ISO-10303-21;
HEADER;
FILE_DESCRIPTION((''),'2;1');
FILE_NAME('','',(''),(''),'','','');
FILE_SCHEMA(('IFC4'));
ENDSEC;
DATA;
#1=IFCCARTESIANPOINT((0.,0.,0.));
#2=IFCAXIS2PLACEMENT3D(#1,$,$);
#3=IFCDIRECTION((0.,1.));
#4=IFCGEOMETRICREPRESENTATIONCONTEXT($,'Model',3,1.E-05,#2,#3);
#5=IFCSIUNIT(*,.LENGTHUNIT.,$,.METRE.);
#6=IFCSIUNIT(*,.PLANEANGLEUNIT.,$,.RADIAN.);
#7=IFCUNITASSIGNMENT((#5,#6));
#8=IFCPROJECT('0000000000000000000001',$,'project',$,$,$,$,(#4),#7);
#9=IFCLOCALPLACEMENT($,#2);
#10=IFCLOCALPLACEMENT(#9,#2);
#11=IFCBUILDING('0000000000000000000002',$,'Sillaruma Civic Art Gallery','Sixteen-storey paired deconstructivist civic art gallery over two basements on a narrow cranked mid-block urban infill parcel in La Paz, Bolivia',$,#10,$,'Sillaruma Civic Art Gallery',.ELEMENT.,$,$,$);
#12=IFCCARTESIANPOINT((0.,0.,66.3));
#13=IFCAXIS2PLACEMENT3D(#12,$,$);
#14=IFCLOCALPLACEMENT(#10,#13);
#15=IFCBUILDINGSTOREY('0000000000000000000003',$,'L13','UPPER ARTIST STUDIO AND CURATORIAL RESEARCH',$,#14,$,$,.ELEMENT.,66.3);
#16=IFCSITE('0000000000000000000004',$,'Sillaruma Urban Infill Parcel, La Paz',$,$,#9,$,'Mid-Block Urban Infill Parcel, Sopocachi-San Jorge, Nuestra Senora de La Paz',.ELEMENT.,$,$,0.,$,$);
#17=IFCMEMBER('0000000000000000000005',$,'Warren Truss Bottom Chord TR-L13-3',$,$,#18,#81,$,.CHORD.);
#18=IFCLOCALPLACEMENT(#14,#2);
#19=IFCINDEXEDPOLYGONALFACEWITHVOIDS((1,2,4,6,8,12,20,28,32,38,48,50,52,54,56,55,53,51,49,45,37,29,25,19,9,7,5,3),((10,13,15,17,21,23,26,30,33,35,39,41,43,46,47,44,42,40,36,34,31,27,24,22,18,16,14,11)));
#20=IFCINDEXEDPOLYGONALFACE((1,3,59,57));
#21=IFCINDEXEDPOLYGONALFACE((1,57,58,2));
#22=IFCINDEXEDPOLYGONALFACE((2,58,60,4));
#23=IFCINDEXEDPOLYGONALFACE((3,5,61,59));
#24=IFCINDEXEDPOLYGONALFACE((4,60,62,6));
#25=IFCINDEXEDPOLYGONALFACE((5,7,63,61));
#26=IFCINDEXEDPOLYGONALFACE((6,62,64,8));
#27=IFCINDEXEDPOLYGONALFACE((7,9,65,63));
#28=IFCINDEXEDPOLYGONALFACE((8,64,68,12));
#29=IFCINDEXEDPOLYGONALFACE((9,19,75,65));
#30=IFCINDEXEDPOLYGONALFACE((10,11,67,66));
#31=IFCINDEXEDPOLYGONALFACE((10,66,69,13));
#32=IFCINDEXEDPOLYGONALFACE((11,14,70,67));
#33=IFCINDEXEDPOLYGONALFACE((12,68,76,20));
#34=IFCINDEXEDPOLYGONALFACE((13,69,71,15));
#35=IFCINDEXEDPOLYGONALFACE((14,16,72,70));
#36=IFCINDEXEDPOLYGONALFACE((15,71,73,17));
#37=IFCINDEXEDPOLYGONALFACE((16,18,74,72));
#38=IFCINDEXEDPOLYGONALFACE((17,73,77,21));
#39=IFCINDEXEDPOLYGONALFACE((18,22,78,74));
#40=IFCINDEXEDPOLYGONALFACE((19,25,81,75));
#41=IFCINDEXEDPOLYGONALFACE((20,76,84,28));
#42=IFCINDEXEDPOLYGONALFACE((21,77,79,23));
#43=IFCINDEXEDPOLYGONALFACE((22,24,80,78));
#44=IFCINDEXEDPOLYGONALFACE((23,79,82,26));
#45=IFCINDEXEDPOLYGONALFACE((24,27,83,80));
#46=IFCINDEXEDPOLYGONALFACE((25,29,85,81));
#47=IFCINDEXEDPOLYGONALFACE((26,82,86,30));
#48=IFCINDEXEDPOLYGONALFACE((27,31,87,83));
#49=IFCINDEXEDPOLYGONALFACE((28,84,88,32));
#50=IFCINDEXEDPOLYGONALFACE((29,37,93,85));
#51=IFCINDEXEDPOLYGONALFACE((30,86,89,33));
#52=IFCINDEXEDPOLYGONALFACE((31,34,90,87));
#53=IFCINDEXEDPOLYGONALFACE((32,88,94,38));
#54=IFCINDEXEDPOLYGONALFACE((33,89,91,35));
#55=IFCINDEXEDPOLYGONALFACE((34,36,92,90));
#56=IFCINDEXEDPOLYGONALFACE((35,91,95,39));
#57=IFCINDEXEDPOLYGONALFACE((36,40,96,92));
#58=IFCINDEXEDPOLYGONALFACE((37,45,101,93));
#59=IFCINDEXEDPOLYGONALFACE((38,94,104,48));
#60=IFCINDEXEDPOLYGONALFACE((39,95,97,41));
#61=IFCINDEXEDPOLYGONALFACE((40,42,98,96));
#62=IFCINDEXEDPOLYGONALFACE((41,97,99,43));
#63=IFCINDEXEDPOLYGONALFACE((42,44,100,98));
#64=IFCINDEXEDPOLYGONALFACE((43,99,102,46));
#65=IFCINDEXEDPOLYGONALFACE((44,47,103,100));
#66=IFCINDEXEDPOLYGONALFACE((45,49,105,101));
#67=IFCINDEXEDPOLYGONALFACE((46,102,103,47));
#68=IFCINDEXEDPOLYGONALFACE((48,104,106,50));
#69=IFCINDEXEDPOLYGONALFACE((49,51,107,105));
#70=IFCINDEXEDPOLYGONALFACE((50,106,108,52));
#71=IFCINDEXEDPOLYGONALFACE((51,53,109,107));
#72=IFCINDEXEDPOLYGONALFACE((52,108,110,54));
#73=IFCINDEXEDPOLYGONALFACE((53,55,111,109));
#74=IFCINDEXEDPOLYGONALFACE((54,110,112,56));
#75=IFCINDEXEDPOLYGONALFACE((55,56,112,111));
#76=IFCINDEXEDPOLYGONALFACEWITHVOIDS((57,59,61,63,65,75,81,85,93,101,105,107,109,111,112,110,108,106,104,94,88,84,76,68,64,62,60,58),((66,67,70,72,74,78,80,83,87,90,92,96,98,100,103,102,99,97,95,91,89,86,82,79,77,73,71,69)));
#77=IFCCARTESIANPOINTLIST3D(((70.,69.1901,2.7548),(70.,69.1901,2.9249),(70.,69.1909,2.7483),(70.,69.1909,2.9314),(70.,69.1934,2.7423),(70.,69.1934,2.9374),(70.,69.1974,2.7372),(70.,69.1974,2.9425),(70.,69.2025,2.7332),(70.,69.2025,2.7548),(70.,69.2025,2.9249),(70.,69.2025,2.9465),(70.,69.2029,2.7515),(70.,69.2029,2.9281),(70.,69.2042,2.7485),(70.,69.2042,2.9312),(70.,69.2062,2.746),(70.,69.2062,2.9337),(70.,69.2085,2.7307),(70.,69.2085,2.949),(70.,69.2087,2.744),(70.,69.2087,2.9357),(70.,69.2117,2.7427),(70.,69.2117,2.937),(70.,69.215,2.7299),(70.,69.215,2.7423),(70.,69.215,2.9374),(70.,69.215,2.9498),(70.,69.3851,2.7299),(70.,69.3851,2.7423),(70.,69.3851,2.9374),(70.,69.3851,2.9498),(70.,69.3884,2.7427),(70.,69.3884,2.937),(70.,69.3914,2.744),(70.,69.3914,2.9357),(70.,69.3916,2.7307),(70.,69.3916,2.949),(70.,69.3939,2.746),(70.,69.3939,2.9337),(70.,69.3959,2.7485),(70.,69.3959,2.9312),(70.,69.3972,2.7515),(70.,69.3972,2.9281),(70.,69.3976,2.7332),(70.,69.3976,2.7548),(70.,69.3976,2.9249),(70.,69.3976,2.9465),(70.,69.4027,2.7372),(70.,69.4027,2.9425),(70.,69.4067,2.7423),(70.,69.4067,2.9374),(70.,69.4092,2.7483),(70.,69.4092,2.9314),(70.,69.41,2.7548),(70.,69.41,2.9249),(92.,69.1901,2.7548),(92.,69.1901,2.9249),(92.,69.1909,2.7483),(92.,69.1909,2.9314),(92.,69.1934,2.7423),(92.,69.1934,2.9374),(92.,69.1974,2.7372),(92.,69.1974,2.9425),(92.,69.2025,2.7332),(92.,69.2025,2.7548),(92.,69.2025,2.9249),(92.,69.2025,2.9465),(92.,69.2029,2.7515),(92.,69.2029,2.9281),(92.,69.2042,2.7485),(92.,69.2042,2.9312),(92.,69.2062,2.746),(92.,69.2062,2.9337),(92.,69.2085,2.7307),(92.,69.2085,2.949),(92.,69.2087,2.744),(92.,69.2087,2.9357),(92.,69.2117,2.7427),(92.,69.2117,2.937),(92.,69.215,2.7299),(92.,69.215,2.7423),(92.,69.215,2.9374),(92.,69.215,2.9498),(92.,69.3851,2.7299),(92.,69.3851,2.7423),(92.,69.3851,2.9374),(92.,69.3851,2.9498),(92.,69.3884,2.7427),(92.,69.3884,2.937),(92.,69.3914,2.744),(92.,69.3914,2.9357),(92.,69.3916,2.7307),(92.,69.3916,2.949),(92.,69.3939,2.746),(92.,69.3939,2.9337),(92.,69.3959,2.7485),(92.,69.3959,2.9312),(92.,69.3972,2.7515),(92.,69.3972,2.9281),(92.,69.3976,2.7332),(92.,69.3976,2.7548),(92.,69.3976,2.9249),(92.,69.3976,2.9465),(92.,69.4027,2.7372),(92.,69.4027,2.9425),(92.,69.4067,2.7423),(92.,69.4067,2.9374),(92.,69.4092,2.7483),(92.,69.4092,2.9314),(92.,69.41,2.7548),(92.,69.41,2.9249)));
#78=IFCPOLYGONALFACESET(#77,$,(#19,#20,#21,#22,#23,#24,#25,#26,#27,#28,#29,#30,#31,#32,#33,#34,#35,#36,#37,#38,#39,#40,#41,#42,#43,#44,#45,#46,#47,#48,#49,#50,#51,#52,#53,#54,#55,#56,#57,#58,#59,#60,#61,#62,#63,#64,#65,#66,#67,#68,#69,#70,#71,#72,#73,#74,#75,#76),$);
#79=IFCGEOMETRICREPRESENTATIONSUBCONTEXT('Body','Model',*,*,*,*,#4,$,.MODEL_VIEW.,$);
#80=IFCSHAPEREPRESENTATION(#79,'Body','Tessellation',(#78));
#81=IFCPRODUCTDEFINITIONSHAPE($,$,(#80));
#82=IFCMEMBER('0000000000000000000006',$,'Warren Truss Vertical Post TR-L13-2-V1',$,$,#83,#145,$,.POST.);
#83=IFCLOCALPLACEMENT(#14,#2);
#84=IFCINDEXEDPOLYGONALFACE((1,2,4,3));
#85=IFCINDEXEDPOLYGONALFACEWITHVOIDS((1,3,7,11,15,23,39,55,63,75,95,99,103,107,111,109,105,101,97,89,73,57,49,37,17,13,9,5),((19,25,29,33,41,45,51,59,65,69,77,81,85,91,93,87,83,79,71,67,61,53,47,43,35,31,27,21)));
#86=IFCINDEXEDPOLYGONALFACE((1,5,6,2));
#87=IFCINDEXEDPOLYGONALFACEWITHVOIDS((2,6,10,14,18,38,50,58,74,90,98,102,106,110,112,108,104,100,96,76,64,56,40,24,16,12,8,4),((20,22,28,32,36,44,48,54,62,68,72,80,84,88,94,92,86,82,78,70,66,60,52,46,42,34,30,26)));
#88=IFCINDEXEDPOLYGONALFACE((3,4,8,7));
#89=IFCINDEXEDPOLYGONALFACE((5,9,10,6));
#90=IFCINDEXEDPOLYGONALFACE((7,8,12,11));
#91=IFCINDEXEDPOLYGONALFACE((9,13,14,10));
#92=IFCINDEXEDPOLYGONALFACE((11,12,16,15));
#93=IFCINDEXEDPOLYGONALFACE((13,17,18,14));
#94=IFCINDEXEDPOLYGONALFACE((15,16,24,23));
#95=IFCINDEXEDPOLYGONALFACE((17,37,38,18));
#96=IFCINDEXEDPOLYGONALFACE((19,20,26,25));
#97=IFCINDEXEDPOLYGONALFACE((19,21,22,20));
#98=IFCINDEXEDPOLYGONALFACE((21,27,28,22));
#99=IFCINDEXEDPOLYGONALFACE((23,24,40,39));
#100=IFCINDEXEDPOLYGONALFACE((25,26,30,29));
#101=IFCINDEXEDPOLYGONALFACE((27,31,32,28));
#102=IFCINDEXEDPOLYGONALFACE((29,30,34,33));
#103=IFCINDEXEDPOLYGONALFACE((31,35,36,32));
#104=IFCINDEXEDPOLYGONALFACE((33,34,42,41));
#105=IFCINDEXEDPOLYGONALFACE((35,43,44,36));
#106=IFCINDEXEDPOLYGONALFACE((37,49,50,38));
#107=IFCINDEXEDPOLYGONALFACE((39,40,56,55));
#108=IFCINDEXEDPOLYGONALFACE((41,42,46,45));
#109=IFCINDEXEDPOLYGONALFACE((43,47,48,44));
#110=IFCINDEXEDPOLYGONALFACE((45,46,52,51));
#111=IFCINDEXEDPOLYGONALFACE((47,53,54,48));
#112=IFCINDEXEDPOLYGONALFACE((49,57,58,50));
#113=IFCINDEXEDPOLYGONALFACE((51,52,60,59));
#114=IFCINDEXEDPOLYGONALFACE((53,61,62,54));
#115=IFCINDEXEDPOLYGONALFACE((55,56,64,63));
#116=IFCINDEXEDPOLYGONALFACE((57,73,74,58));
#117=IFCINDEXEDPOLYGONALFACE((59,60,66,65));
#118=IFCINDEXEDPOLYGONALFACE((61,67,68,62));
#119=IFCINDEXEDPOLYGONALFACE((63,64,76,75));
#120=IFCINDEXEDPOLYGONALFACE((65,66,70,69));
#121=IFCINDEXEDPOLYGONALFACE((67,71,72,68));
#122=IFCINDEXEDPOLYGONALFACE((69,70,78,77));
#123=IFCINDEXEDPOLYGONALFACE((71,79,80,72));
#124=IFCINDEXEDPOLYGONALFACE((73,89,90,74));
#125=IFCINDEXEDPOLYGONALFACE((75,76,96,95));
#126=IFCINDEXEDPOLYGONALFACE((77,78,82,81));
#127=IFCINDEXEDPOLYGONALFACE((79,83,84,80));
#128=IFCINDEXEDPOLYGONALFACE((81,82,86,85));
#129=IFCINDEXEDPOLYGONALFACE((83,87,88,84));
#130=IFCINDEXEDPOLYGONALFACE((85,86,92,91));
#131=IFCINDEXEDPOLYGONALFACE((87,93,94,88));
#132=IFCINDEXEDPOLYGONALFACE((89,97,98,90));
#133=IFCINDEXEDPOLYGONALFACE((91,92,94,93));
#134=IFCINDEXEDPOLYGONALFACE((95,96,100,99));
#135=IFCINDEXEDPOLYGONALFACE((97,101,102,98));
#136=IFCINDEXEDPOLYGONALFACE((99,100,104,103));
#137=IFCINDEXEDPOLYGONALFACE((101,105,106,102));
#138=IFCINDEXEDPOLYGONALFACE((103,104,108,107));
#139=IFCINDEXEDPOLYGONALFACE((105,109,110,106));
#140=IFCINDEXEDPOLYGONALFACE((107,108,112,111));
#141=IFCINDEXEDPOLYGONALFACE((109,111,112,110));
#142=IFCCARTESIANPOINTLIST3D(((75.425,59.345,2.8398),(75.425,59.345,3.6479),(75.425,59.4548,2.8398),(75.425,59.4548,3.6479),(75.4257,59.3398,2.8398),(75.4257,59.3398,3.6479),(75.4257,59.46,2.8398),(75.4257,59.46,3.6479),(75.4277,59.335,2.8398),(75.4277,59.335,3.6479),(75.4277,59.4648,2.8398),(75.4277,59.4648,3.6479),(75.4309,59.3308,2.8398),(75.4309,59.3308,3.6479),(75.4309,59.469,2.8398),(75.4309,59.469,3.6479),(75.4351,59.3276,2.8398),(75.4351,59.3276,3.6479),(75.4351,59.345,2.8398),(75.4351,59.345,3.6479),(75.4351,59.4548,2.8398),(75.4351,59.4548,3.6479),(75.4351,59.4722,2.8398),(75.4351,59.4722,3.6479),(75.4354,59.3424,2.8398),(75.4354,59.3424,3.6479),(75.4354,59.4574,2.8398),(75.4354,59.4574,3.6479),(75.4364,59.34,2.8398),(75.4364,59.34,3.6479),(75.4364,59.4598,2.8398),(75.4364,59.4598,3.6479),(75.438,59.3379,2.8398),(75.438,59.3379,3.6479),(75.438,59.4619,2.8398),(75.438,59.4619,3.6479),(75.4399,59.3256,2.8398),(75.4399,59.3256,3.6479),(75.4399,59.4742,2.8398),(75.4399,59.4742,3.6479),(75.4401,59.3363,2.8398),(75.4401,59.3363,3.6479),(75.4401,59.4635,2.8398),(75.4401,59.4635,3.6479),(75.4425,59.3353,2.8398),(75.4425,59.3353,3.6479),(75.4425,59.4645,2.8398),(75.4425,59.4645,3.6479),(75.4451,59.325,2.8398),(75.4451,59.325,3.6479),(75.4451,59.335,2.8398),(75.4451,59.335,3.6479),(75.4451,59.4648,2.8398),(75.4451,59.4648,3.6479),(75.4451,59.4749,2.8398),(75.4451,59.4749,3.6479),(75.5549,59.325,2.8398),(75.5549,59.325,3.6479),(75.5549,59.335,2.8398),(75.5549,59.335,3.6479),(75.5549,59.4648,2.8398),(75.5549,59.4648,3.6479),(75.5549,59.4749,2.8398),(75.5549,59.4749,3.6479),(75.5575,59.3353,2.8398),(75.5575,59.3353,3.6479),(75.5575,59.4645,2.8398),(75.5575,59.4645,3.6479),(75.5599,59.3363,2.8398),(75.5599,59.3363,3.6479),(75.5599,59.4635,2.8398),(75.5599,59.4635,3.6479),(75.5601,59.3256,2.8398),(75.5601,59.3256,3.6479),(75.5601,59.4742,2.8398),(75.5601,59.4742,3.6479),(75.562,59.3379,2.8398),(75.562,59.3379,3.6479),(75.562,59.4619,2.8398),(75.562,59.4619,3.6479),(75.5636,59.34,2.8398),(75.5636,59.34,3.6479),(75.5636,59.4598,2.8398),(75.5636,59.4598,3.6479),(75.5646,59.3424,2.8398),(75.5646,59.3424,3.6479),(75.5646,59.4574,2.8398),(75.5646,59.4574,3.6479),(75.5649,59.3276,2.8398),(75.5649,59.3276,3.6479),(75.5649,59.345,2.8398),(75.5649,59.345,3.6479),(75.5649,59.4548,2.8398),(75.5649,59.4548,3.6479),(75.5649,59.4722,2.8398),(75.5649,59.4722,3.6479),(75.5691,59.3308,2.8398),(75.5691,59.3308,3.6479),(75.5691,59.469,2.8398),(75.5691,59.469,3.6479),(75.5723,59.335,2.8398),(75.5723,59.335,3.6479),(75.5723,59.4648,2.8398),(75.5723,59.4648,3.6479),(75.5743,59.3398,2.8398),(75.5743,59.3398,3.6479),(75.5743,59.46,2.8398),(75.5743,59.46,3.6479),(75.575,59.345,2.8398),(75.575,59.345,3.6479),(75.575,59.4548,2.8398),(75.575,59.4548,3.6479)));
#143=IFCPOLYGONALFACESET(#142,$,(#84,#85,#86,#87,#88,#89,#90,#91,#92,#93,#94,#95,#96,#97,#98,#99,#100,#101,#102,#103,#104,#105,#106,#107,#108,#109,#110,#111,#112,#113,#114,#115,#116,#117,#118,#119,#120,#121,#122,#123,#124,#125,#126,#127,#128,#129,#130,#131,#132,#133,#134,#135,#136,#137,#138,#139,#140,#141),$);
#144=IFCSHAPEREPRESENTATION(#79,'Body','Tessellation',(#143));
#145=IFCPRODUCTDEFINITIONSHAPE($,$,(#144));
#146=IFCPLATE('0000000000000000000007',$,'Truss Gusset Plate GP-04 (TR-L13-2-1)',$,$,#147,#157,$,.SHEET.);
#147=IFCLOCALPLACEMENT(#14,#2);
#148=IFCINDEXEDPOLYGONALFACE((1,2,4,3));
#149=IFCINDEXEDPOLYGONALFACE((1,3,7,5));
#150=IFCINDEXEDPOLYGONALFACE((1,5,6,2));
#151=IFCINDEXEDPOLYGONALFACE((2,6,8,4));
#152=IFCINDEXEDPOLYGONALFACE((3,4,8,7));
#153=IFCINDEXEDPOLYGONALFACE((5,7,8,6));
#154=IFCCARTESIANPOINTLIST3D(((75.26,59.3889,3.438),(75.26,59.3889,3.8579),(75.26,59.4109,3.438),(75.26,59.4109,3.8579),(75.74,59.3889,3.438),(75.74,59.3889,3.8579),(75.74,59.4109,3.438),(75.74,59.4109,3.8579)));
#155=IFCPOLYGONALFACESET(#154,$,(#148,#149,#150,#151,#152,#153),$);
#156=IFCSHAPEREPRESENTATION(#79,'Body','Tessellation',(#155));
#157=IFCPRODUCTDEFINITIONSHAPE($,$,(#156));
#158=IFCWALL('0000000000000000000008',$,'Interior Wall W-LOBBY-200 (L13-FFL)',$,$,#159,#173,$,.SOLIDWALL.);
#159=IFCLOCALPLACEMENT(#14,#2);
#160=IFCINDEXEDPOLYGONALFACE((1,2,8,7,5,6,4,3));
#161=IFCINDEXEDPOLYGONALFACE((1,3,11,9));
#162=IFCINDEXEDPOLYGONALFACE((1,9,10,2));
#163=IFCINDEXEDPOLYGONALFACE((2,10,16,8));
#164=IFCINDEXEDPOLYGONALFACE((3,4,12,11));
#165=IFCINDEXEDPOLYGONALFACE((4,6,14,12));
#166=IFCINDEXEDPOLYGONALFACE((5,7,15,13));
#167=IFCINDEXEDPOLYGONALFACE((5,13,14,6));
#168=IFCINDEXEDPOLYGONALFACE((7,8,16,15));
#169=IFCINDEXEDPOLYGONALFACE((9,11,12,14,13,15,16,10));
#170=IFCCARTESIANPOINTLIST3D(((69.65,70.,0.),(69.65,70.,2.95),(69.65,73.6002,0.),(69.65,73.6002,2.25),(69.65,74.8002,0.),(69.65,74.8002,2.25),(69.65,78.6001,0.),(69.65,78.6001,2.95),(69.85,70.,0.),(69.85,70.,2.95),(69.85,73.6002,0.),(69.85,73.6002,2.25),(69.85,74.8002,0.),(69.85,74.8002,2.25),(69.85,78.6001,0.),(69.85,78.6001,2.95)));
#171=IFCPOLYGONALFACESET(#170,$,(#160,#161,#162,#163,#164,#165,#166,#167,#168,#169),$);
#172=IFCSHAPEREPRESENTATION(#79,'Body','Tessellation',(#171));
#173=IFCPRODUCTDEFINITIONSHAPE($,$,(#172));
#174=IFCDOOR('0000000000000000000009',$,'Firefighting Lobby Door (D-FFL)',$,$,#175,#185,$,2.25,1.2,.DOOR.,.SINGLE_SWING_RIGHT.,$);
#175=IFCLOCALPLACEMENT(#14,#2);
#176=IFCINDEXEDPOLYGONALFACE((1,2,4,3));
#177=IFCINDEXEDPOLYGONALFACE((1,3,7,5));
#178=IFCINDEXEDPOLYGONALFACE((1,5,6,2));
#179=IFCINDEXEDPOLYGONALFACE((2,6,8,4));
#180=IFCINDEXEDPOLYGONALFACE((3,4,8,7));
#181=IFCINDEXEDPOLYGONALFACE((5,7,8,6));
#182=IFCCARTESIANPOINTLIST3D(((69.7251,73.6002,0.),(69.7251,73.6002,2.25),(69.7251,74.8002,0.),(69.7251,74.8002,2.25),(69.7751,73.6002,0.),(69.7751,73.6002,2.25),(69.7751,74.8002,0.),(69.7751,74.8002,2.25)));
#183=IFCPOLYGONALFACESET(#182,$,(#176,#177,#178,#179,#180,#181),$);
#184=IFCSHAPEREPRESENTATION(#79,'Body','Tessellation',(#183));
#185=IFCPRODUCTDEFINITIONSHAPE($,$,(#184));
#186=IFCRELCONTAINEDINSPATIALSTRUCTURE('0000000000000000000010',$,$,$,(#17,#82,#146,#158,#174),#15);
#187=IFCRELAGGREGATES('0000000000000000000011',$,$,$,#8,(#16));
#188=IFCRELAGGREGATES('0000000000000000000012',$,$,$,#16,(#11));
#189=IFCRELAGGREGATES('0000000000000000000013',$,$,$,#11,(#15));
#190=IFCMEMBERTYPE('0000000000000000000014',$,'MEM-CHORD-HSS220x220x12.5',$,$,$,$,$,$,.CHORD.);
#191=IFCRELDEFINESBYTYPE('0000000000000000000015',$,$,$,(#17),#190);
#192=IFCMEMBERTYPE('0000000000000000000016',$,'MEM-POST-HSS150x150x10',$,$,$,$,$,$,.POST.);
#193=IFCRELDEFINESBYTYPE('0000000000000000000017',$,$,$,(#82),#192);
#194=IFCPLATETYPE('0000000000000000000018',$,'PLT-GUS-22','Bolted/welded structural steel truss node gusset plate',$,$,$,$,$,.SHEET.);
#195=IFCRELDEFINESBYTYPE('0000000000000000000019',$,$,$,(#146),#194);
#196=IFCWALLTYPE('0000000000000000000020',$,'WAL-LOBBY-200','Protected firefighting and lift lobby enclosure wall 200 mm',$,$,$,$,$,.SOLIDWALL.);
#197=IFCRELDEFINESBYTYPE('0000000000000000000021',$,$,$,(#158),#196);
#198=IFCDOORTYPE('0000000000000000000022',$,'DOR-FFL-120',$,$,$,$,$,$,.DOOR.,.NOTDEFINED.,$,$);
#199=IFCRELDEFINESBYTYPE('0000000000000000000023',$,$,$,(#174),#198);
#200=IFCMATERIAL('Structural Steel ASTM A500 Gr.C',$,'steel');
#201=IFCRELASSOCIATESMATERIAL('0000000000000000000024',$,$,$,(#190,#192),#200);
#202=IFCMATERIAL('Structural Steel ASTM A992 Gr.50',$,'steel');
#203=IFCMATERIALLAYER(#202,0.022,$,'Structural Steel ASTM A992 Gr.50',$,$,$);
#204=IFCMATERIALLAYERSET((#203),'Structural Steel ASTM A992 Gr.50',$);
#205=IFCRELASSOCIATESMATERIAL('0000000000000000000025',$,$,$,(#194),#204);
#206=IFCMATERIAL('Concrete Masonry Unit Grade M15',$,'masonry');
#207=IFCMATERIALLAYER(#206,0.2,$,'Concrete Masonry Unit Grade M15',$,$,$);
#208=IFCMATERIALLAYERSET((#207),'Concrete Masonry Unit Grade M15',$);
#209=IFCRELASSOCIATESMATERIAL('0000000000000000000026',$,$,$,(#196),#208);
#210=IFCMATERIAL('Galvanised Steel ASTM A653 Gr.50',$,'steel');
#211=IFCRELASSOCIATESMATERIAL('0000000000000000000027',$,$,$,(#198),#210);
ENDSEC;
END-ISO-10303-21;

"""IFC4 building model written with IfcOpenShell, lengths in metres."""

from ifc_helpers import new_model, si_unit, direction, frame, frame_2d, origin, origin_2d, place, context, subcontext, project, spatial, rectangle, hollow_rectangle, extrude, material, layer, layer_set, material_profile, profile_set, type_object, element, fill, save


model = new_model("IFC4")

# Units and contexts
model_context = context("Model", 3, precision=1e-05, world=origin(), true_north=direction((0.0, 1.0)))
body_context = subcontext(model_context, "Body", "Model", "MODEL_VIEW")
ifc_project = project(units=[si_unit("LENGTHUNIT", "METRE"), si_unit("PLANEANGLEUNIT", "RADIAN")], contexts=[model_context])

# Site, building, storey
site_placement = place(None, origin())
site = spatial("IfcSite", under=ifc_project, at=site_placement, Name="Sillaruma Urban Infill Parcel, La Paz", LongName="Mid-Block Urban Infill Parcel, Sopocachi-San Jorge, Nuestra Senora de La Paz", CompositionType="ELEMENT", RefElevation=0.0)
building_placement = place(site_placement, origin())
building = spatial("IfcBuilding", under=site, at=building_placement, Name="Sillaruma Civic Art Gallery", Description="Sixteen-storey paired deconstructivist civic art gallery over two basements on a narrow cranked mid-block urban infill parcel in La Paz, Bolivia", LongName="Sillaruma Civic Art Gallery", CompositionType="ELEMENT")
storey_placement = place(building_placement, frame((0.0, 0.0, 66.3)))
storey = spatial("IfcBuildingStorey", under=building, at=storey_placement, Name="L13", Description="UPPER ARTIST STUDIO AND CURATORIAL RESEARCH", CompositionType="ELEMENT", Elevation=66.3)

# Shared definitions
ifc_material_1 = material(Name="Structural Steel ASTM A500 Gr.C", Category="steel")
ifc_material_2 = material(Name="Structural Steel ASTM A992 Gr.50", Category="steel")

# Members
ifc_material_profile_1 = material_profile(ifc_material_1, hollow_rectangle(XDim=0.22, YDim=0.22, WallThickness=0.0125, InnerFilletRadius=0.0125, OuterFilletRadius=0.0249, at=origin_2d()), Name="HSS220x220x12.5")
ifc_profile_set_1 = profile_set([ifc_material_profile_1], Name="Structural Steel ASTM A500 Gr.C")
member_type_1 = type_object("IfcMemberType", Name="MEM-CHORD-HSS220x220x12.5", PredefinedType="CHORD", material=ifc_profile_set_1)
for number, where, z_axis, x_axis, name in (
    (1, (70.0, 69.3, 2.8398), (1.0, 0.0, 0.0), (0.0, 1.0, 0.0), "Warren Truss Bottom Chord TR-L13-3"),
):
    element("IfcMember", number, at=place(storey_placement, frame(where, z_axis=z_axis, x_axis=x_axis)), inside=storey, type_object=member_type_1, Name=name, PredefinedType="CHORD", context=body_context, shape_type="SweptSolid", body=[
        extrude(hollow_rectangle(XDim=0.22, YDim=0.22, WallThickness=0.0125, InnerFilletRadius=0.0125, OuterFilletRadius=0.0249, at=origin_2d()), origin(), (0.0, 0.0, 1.0), 22.0),
    ])
ifc_material_profile_2 = material_profile(ifc_material_1, hollow_rectangle(XDim=0.1499, YDim=0.1499, WallThickness=0.01, InnerFilletRadius=0.01, OuterFilletRadius=0.02, at=origin_2d()), Name="HSS150x150x10")
ifc_profile_set_2 = profile_set([ifc_material_profile_2], Name="Structural Steel ASTM A500 Gr.C")
member_type_2 = type_object("IfcMemberType", Name="MEM-POST-HSS150x150x10", PredefinedType="POST", material=ifc_profile_set_2)
member_placement = place(storey_placement, frame((75.5, 59.3999, 2.8398), z_axis=(0.0, 0.0, 1.0), x_axis=(1.0, 0.0, 0.0)))
element("IfcMember", 2, at=member_placement, inside=storey, type_object=member_type_2, Name="Warren Truss Vertical Post TR-L13-2-V1", PredefinedType="POST", context=body_context, shape_type="SweptSolid", body=[
    extrude(hollow_rectangle(XDim=0.1499, YDim=0.1499, WallThickness=0.01, InnerFilletRadius=0.01, OuterFilletRadius=0.02, at=origin_2d()), origin(), (0.0, 0.0, 1.0), 0.8081),
])

# Plate
ifc_layer_1 = layer(ifc_material_2, 0.022, Name="Structural Steel ASTM A992 Gr.50")
ifc_layer_set_1 = layer_set([ifc_layer_1], Name="Structural Steel ASTM A992 Gr.50")
plate_type = type_object("IfcPlateType", Name="PLT-GUS-22", Description="Bolted/welded structural steel truss node gusset plate", PredefinedType="SHEET", material=ifc_layer_set_1)
plate_placement = place(storey_placement, frame((75.5, 59.3999, 3.438), z_axis=(0.0, 0.0, 1.0), x_axis=(1.0, 0.0, 0.0)))
element("IfcPlate", 3, at=plate_placement, inside=storey, type_object=plate_type, Name="Truss Gusset Plate GP-04 (TR-L13-2-1)", PredefinedType="SHEET", context=body_context, shape_type="SweptSolid", body=[
    extrude(rectangle(XDim=0.48, YDim=0.022, at=origin_2d()), origin(), (0.0, 0.0, 1.0), 0.4199),
])

# Wall, opening, door
ifc_material_3 = material(Name="Concrete Masonry Unit Grade M15", Category="masonry")
ifc_layer_2 = layer(ifc_material_3, 0.2, Name="Concrete Masonry Unit Grade M15")
ifc_layer_set_2 = layer_set([ifc_layer_2], Name="Concrete Masonry Unit Grade M15")
wall_type_1 = type_object("IfcWallType", Name="WAL-LOBBY-200", Description="Protected firefighting and lift lobby enclosure wall 200 mm", PredefinedType="SOLIDWALL", material=ifc_layer_set_2)
wall_1_placement = place(storey_placement, frame((69.75, 70.0, 0.0), z_axis=(0.0, 0.0, 1.0), x_axis=(0.0, 1.0, 0.0)))
wall_1 = element("IfcWall", 4, at=wall_1_placement, inside=storey, type_object=wall_type_1, Name="Interior Wall W-LOBBY-200 (L13-FFL)", PredefinedType="SOLIDWALL", context=body_context, shape_type="SweptSolid", body=[
    extrude(rectangle(XDim=8.6001, YDim=0.2, at=frame_2d((4.3, 0.0))), origin(), (0.0, 0.0, 1.0), 2.95),
])
opening_1_placement = place(wall_1_placement, frame((3.6001, 0.0, 0.0)))
opening_1 = element("IfcOpeningElement", 5, at=opening_1_placement, cuts=wall_1, PredefinedType="OPENING", context=body_context, shape_type="SweptSolid", body=[
    extrude(rectangle(XDim=1.2, YDim=2.25, at=frame_2d((0.6001, 1.125))), frame((0.0, 0.1099, 0.0), z_axis=(0.0, -1.0, 0.0), x_axis=(1.0, 0.0, 0.0)), (0.0, 0.0, 1.0), 0.22),
])
ifc_material_4 = material(Name="Galvanised Steel ASTM A653 Gr.50", Category="steel")
door_type_1 = type_object("IfcDoorType", Name="DOR-FFL-120", OperationType="NOTDEFINED", PredefinedType="DOOR", material=ifc_material_4)
door_1_placement = place(opening_1_placement, origin())
door_1 = element("IfcDoor", 6, at=door_1_placement, inside=storey, type_object=door_type_1, Name="Firefighting Lobby Door (D-FFL)", OperationType="SINGLE_SWING_RIGHT", OverallHeight=2.25, OverallWidth=1.2, PredefinedType="DOOR", context=body_context, shape_type="SweptSolid", body=[
    extrude(rectangle(XDim=1.2, YDim=2.25, at=frame_2d((0.6001, 1.125))), frame((0.0, 0.0249, 0.0), z_axis=(0.0, -1.0, 0.0), x_axis=(1.0, 0.0, 0.0)), (0.0, 0.0, 1.0), 0.05),
])
fill(opening_1, door_1)

save(model, "model.ifc")
